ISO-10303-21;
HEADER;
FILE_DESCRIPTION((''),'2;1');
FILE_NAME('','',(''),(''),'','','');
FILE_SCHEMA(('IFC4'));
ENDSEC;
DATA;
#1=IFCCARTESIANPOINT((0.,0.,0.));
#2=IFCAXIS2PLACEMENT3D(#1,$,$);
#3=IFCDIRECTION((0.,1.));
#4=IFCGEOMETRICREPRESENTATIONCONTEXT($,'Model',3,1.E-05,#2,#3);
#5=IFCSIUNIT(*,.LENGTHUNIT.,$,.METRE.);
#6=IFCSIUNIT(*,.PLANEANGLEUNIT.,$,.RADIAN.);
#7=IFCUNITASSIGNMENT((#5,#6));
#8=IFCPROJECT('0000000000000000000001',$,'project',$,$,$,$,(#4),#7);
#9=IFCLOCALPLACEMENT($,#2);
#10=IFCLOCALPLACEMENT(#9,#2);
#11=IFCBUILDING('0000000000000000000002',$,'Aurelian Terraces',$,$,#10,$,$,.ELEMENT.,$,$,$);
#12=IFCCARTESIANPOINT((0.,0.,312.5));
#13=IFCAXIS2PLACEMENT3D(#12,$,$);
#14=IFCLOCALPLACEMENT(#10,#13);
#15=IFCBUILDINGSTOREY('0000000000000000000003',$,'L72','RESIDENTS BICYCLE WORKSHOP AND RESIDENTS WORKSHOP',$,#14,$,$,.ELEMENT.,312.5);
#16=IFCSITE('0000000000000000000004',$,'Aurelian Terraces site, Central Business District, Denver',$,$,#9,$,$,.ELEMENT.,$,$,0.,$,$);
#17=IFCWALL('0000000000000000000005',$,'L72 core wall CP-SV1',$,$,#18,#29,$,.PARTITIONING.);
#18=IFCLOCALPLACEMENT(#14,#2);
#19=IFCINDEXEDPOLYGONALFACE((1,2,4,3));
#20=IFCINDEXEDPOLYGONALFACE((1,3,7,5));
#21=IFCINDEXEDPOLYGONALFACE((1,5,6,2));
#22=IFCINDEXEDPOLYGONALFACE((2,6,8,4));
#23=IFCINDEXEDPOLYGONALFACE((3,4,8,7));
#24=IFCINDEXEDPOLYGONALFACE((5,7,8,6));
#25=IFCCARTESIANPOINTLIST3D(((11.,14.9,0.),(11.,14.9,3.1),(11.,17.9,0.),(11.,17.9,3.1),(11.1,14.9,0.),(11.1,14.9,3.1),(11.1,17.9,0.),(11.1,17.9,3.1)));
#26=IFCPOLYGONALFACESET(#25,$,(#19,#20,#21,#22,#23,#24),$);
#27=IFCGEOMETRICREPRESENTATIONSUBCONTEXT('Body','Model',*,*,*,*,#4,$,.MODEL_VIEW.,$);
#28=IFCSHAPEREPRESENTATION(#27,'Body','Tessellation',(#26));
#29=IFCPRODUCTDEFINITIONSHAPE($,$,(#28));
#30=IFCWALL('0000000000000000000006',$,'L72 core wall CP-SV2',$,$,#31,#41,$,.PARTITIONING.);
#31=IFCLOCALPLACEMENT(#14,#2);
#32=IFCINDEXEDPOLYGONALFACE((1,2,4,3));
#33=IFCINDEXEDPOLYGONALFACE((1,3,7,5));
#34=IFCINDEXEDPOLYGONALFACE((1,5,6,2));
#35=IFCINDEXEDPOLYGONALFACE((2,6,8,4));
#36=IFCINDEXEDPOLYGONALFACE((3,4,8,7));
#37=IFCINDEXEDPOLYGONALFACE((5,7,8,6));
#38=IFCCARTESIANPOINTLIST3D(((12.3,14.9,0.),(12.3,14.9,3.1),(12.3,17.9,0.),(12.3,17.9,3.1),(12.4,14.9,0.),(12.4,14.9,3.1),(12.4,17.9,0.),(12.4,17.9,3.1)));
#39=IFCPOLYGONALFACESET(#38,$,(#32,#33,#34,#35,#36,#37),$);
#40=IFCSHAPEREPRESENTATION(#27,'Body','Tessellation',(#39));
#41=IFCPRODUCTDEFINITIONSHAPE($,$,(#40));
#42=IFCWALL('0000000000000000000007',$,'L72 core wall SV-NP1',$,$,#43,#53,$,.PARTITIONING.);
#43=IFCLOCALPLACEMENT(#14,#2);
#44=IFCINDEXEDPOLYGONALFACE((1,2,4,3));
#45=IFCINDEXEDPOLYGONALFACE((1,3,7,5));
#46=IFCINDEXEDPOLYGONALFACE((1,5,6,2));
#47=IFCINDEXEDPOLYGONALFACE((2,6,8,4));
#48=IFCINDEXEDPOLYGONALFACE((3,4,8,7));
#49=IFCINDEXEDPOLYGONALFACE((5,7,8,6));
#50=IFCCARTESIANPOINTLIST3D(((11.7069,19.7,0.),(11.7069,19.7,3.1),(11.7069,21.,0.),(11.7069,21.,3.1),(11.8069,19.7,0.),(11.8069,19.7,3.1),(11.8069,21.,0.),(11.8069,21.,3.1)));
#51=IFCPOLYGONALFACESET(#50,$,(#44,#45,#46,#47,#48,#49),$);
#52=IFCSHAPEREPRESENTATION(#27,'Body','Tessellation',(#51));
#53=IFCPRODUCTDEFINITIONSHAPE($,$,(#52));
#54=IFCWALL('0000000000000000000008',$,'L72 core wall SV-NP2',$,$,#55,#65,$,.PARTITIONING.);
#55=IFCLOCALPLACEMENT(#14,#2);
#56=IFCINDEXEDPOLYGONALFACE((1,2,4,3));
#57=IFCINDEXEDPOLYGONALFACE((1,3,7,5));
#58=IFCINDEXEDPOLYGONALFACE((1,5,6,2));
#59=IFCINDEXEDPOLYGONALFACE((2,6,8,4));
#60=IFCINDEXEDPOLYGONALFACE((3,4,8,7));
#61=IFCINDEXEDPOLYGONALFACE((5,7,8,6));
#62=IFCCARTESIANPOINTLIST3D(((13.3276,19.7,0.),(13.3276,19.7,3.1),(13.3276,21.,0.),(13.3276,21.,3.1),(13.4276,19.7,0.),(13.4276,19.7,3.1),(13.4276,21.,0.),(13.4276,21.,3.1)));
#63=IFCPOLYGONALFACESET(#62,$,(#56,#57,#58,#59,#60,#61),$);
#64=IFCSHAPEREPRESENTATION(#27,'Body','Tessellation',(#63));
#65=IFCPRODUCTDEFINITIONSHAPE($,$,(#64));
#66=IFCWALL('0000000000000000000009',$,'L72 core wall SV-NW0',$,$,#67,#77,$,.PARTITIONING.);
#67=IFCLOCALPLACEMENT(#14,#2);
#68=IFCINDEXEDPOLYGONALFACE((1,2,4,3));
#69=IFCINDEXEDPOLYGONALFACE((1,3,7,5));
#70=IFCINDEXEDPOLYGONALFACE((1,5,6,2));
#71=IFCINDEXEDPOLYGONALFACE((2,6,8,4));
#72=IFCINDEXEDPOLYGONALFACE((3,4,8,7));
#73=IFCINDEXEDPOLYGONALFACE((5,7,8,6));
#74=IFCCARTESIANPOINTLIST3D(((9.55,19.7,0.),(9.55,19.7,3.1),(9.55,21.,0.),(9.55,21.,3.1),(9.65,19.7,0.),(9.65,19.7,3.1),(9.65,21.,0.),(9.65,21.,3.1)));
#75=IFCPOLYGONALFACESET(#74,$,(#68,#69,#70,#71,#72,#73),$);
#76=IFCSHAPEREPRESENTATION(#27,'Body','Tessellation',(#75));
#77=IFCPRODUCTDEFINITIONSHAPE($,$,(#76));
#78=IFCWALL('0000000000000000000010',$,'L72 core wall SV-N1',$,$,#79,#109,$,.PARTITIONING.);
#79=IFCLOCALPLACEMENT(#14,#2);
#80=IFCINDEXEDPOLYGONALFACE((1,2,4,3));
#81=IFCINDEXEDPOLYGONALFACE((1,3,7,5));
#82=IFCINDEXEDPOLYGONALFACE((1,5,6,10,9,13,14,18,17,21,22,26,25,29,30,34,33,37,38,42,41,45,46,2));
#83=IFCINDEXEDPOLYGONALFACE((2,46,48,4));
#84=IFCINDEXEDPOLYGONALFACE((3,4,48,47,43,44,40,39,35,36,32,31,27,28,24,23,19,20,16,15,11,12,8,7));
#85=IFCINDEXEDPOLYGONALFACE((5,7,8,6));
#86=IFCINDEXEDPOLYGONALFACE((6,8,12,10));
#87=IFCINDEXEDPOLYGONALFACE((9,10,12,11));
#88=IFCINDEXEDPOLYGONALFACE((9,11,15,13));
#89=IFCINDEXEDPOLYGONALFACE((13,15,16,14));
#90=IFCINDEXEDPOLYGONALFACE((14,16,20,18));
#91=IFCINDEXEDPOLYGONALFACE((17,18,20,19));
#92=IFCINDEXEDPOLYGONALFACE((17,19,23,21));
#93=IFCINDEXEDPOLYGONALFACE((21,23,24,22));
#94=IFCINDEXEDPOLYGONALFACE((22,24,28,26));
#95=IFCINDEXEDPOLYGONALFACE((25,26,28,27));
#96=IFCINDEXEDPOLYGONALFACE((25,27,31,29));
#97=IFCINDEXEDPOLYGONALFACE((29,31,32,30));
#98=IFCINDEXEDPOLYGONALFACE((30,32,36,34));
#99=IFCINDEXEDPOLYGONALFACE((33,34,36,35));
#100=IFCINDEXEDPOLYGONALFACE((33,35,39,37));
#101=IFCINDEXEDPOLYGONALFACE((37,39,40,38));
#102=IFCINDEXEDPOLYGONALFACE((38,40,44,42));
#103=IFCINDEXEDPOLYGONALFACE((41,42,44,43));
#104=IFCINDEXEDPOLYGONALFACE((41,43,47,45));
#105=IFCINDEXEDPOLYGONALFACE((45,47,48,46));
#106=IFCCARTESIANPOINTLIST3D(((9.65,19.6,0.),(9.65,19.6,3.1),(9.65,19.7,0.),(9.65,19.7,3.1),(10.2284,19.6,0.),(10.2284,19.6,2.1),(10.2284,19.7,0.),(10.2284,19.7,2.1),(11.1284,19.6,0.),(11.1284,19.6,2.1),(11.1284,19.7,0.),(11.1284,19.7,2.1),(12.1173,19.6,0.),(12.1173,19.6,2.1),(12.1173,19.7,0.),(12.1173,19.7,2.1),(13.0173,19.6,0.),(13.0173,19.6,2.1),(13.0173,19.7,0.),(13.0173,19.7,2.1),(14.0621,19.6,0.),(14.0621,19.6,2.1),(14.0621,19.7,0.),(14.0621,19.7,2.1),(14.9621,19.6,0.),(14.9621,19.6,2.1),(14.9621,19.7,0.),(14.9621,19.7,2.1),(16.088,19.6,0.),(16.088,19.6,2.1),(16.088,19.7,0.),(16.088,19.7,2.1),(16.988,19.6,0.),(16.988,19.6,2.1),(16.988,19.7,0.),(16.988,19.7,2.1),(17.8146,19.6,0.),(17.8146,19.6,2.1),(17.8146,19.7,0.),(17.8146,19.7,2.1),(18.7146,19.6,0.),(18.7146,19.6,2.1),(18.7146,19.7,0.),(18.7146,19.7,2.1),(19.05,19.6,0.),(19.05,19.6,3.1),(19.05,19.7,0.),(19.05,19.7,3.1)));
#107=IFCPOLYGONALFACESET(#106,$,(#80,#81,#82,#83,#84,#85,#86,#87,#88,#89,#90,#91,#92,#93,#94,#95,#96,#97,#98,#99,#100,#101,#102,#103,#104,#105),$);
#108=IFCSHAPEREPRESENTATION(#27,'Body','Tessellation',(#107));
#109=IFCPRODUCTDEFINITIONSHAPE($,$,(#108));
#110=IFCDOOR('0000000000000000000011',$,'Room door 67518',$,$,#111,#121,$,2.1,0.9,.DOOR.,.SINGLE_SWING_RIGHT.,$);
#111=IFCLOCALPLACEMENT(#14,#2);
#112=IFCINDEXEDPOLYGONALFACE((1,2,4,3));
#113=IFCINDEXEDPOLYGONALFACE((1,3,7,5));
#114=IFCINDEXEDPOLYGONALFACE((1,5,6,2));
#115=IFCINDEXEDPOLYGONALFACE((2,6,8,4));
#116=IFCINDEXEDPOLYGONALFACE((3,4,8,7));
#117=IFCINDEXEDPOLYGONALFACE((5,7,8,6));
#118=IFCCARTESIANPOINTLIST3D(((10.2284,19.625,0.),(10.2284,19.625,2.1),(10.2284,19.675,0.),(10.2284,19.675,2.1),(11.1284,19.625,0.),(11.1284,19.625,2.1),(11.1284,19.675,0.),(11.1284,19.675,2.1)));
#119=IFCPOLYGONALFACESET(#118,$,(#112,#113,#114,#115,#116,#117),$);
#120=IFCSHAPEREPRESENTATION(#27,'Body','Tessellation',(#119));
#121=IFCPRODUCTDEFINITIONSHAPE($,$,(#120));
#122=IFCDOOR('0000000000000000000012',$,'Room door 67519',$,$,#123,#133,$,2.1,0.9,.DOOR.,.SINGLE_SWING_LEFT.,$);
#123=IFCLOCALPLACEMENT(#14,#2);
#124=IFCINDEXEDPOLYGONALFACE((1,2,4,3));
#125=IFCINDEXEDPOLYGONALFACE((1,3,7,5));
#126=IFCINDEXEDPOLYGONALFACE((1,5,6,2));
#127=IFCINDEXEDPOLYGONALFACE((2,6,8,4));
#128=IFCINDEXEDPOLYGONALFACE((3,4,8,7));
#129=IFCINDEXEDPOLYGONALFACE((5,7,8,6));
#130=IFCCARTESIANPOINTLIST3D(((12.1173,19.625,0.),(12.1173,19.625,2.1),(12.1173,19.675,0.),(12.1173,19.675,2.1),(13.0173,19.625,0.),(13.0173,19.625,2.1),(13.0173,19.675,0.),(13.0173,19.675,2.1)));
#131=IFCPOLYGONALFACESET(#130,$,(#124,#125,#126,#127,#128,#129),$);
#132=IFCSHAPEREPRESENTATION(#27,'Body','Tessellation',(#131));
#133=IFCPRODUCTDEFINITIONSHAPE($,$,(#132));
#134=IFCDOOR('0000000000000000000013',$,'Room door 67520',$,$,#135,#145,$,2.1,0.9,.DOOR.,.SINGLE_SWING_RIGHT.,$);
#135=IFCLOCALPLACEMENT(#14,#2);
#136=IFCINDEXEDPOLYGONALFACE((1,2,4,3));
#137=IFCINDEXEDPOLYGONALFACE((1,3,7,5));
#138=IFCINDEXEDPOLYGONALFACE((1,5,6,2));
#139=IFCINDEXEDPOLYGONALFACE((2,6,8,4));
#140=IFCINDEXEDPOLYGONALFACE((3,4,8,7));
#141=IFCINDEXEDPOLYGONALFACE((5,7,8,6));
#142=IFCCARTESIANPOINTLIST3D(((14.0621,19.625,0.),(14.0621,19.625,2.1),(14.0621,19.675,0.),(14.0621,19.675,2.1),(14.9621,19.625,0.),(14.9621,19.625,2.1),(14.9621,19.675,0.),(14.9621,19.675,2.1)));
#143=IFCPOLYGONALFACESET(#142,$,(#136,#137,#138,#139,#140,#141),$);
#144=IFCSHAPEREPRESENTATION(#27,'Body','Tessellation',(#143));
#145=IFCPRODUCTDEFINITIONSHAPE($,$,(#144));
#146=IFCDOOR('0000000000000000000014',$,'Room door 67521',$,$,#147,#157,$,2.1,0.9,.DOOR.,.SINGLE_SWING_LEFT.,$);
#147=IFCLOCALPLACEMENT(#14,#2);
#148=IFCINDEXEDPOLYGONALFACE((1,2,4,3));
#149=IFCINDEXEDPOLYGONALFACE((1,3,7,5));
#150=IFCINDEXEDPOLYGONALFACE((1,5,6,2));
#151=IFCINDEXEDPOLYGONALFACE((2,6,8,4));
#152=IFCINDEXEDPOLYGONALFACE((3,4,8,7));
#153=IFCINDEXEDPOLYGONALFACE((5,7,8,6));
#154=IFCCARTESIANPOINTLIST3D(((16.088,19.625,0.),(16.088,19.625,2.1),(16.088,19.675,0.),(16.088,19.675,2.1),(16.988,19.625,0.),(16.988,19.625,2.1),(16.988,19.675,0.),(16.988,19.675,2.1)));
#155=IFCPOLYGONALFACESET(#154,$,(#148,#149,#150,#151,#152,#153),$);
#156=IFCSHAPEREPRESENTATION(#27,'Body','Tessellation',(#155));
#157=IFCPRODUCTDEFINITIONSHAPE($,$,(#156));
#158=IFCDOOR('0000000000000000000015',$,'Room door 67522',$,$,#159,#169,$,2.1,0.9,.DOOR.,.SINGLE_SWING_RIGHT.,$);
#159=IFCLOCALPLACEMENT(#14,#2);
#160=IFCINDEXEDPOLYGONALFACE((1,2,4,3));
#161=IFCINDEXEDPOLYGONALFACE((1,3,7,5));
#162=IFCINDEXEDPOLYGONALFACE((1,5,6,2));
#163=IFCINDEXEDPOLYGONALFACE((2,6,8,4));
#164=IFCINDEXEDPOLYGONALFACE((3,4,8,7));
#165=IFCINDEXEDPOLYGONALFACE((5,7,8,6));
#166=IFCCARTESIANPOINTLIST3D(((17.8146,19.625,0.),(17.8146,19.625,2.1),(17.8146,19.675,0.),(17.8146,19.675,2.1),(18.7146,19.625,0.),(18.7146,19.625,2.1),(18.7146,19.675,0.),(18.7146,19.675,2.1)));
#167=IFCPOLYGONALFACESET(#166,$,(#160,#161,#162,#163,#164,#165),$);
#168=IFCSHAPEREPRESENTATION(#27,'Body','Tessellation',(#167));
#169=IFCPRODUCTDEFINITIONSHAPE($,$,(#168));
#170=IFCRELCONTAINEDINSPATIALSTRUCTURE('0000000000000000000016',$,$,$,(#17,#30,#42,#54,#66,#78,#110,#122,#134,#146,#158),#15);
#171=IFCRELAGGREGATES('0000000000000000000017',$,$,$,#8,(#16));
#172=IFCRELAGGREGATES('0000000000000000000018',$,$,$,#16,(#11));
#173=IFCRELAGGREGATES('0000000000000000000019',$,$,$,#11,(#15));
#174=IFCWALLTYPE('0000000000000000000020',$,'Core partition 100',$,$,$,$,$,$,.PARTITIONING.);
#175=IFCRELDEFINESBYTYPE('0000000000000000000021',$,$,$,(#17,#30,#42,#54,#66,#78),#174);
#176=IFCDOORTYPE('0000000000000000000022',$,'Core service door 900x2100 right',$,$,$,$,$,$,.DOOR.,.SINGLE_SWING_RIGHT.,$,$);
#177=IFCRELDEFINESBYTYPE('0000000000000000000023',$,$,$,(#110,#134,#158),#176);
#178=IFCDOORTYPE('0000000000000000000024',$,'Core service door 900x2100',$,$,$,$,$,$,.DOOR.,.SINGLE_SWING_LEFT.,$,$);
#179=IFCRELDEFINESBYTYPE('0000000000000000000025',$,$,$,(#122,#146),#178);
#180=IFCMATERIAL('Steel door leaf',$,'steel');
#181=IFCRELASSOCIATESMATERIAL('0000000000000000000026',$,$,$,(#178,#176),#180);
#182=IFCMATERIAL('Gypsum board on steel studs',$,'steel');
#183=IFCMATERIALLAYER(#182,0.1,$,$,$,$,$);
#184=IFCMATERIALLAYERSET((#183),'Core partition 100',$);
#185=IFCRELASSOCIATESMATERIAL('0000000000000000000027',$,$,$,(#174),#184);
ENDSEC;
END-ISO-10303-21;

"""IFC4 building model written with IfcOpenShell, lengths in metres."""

from ifc_helpers import new_model, si_unit, direction, frame, frame_2d, origin, place, context, subcontext, project, spatial, rectangle, extrude, source, transform, mapped, material, layer, layer_set, type_object, element, fill, save


model = new_model("IFC4")

# Units and contexts
model_context = context("Model", 3, precision=1e-05, world=origin(), true_north=direction((0.0, 1.0)))
body_context = subcontext(model_context, "Body", "Model", "MODEL_VIEW")
ifc_project = project(units=[si_unit("LENGTHUNIT", "METRE"), si_unit("PLANEANGLEUNIT", "RADIAN")], contexts=[model_context])

# Site, building, storey
site_placement = place(None, origin())
site = spatial("IfcSite", under=ifc_project, at=site_placement, Name="Aurelian Terraces site, Central Business District, Denver", CompositionType="ELEMENT", RefElevation=0.0)
building_placement = place(site_placement, origin())
building = spatial("IfcBuilding", under=site, at=building_placement, Name="Aurelian Terraces", CompositionType="ELEMENT")
storey_placement = place(building_placement, frame((0.0, 0.0, 312.5)))
storey = spatial("IfcBuildingStorey", under=building, at=storey_placement, Name="L72", Description="RESIDENTS BICYCLE WORKSHOP AND RESIDENTS WORKSHOP", CompositionType="ELEMENT", Elevation=312.5)

# Shared definitions
ifc_material_1 = material(Name="Gypsum board on steel studs", Category="steel")

# Shared definitions
ifc_material_2 = material(Name="Steel door leaf", Category="steel")

# Shared definitions
shared_shape_1 = source(origin(), body_context, "Body", "SweptSolid", [
    extrude(rectangle(XDim=0.9, YDim=2.1, at=frame_2d((0.45, 1.05))), frame((0.0, 0.025, 0.0), z_axis=(0.0, -1.0, 0.0), x_axis=(1.0, 0.0, 0.0)), (0.0, 0.0, 1.0), 0.05),
])
door_type_1 = type_object("IfcDoorType", Name="Core service door 900x2100", OperationType="SINGLE_SWING_LEFT", PredefinedType="DOOR", material=ifc_material_2)
door_type_2 = type_object("IfcDoorType", Name="Core service door 900x2100 right", OperationType="SINGLE_SWING_RIGHT", PredefinedType="DOOR", material=ifc_material_2)

# Walls
ifc_layer_1 = layer(ifc_material_1, 0.1)
ifc_layer_set_1 = layer_set([ifc_layer_1], Name="Core partition 100")
wall_type_1 = type_object("IfcWallType", Name="Core partition 100", PredefinedType="PARTITIONING", material=ifc_layer_set_1)
shared_shape_2 = source(origin(), body_context, "Body", "SweptSolid", [
    extrude(rectangle(XDim=3.0, YDim=0.1, at=frame_2d((1.5, 0.0))), origin(), (0.0, 0.0, 1.0), 3.1),
])
for number, where, z_axis, x_axis, name in (
    (1, (11.05, 14.9, 0.0), (0.0, 0.0, 1.0), (0.0, 1.0, 0.0), "L72 core wall CP-SV1"),
    (2, (12.35, 14.9, 0.0), (0.0, 0.0, 1.0), (0.0, 1.0, 0.0), "L72 core wall CP-SV2"),
):
    element("IfcWall", number, at=place(storey_placement, frame(where, z_axis=z_axis, x_axis=x_axis)), inside=storey, type_object=wall_type_1, Name=name, PredefinedType="PARTITIONING", context=body_context, shape_type="MappedRepresentation", body=[
        mapped(shared_shape_2, transform((0.0, 0.0, 0.0), scale=1.0)),
    ])
shared_shape_3 = source(origin(), body_context, "Body", "SweptSolid", [
    extrude(rectangle(XDim=1.3, YDim=0.1, at=frame_2d((0.65, 0.0))), origin(), (0.0, 0.0, 1.0), 3.1),
])
for number, where, z_axis, x_axis, name in (
    (3, (11.7569, 19.7, 0.0), (0.0, 0.0, 1.0), (0.0, 1.0, 0.0), "L72 core wall SV-NP1"),
    (4, (13.3776, 19.7, 0.0), (0.0, 0.0, 1.0), (0.0, 1.0, 0.0), "L72 core wall SV-NP2"),
    (5, (9.6, 19.7, 0.0), (0.0, 0.0, 1.0), (0.0, 1.0, 0.0), "L72 core wall SV-NW0"),
):
    element("IfcWall", number, at=place(storey_placement, frame(where, z_axis=z_axis, x_axis=x_axis)), inside=storey, type_object=wall_type_1, Name=name, PredefinedType="PARTITIONING", context=body_context, shape_type="MappedRepresentation", body=[
        mapped(shared_shape_3, transform((0.0, 0.0, 0.0), scale=1.0)),
    ])

# Wall, openings, doors
shared_shape_4 = source(origin(), body_context, "Body", "SweptSolid", [
    extrude(rectangle(XDim=9.4, YDim=0.1, at=frame_2d((4.7, 0.0))), origin(), (0.0, 0.0, 1.0), 3.1),
])
wall_1_placement = place(storey_placement, frame((9.65, 19.65, 0.0), z_axis=(0.0, 0.0, 1.0), x_axis=(1.0, 0.0, 0.0)))
wall_1 = element("IfcWall", 6, at=wall_1_placement, inside=storey, type_object=wall_type_1, Name="L72 core wall SV-N1", PredefinedType="PARTITIONING", context=body_context, shape_type="MappedRepresentation", body=[
    mapped(shared_shape_4, transform((0.0, 0.0, 0.0), scale=1.0)),
])
shared_shape_5 = source(origin(), body_context, "Body", "SweptSolid", [
    extrude(rectangle(XDim=0.9, YDim=2.1, at=frame_2d((0.45, 1.05))), frame((0.0, 0.06, 0.0), z_axis=(0.0, -1.0, 0.0), x_axis=(1.0, 0.0, 0.0)), (0.0, 0.0, 1.0), 0.12),
])
opening_1_placement = place(wall_1_placement, frame((0.5784, 0.0, 0.0)))
opening_1 = element("IfcOpeningElement", 7, at=opening_1_placement, cuts=wall_1, PredefinedType="OPENING", context=body_context, shape_type="MappedRepresentation", body=[
    mapped(shared_shape_5, transform((0.0, 0.0, 0.0), scale=1.0)),
])
opening_2_placement = place(wall_1_placement, frame((2.4673, 0.0, 0.0)))
opening_2 = element("IfcOpeningElement", 8, at=opening_2_placement, cuts=wall_1, PredefinedType="OPENING", context=body_context, shape_type="MappedRepresentation", body=[
    mapped(shared_shape_5, transform((0.0, 0.0, 0.0), scale=1.0)),
])
opening_3_placement = place(wall_1_placement, frame((4.4121, 0.0, 0.0)))
opening_3 = element("IfcOpeningElement", 9, at=opening_3_placement, cuts=wall_1, PredefinedType="OPENING", context=body_context, shape_type="MappedRepresentation", body=[
    mapped(shared_shape_5, transform((0.0, 0.0, 0.0), scale=1.0)),
])
opening_4_placement = place(wall_1_placement, frame((6.438, 0.0, 0.0)))
opening_4 = element("IfcOpeningElement", 10, at=opening_4_placement, cuts=wall_1, PredefinedType="OPENING", context=body_context, shape_type="MappedRepresentation", body=[
    mapped(shared_shape_5, transform((0.0, 0.0, 0.0), scale=1.0)),
])
opening_5_placement = place(wall_1_placement, frame((8.1646, 0.0, 0.0)))
opening_5 = element("IfcOpeningElement", 11, at=opening_5_placement, cuts=wall_1, PredefinedType="OPENING", context=body_context, shape_type="MappedRepresentation", body=[
    mapped(shared_shape_5, transform((0.0, 0.0, 0.0), scale=1.0)),
])
door_1_placement = place(opening_1_placement, origin())
door_1 = element("IfcDoor", 12, at=door_1_placement, inside=storey, type_object=door_type_2, Name="Room door 67518", OperationType="SINGLE_SWING_RIGHT", OverallHeight=2.1, OverallWidth=0.9, PredefinedType="DOOR", context=body_context, shape_type="MappedRepresentation", body=[
    mapped(shared_shape_1, transform((0.0, 0.0, 0.0), scale=1.0)),
])
fill(opening_1, door_1)
door_2_placement = place(opening_2_placement, origin())
door_2 = element("IfcDoor", 13, at=door_2_placement, inside=storey, type_object=door_type_1, Name="Room door 67519", OperationType="SINGLE_SWING_LEFT", OverallHeight=2.1, OverallWidth=0.9, PredefinedType="DOOR", context=body_context, shape_type="MappedRepresentation", body=[
    mapped(shared_shape_1, transform((0.0, 0.0, 0.0), scale=1.0)),
])
fill(opening_2, door_2)
door_3_placement = place(opening_3_placement, origin())
door_3 = element("IfcDoor", 14, at=door_3_placement, inside=storey, type_object=door_type_2, Name="Room door 67520", OperationType="SINGLE_SWING_RIGHT", OverallHeight=2.1, OverallWidth=0.9, PredefinedType="DOOR", context=body_context, shape_type="MappedRepresentation", body=[
    mapped(shared_shape_1, transform((0.0, 0.0, 0.0), scale=1.0)),
])
fill(opening_3, door_3)
door_4_placement = place(opening_4_placement, origin())
door_4 = element("IfcDoor", 15, at=door_4_placement, inside=storey, type_object=door_type_1, Name="Room door 67521", OperationType="SINGLE_SWING_LEFT", OverallHeight=2.1, OverallWidth=0.9, PredefinedType="DOOR", context=body_context, shape_type="MappedRepresentation", body=[
    mapped(shared_shape_1, transform((0.0, 0.0, 0.0), scale=1.0)),
])
fill(opening_4, door_4)
door_5_placement = place(opening_5_placement, origin())
door_5 = element("IfcDoor", 16, at=door_5_placement, inside=storey, type_object=door_type_2, Name="Room door 67522", OperationType="SINGLE_SWING_RIGHT", OverallHeight=2.1, OverallWidth=0.9, PredefinedType="DOOR", context=body_context, shape_type="MappedRepresentation", body=[
    mapped(shared_shape_1, transform((0.0, 0.0, 0.0), scale=1.0)),
])
fill(opening_5, door_5)

save(model, "model.ifc")
